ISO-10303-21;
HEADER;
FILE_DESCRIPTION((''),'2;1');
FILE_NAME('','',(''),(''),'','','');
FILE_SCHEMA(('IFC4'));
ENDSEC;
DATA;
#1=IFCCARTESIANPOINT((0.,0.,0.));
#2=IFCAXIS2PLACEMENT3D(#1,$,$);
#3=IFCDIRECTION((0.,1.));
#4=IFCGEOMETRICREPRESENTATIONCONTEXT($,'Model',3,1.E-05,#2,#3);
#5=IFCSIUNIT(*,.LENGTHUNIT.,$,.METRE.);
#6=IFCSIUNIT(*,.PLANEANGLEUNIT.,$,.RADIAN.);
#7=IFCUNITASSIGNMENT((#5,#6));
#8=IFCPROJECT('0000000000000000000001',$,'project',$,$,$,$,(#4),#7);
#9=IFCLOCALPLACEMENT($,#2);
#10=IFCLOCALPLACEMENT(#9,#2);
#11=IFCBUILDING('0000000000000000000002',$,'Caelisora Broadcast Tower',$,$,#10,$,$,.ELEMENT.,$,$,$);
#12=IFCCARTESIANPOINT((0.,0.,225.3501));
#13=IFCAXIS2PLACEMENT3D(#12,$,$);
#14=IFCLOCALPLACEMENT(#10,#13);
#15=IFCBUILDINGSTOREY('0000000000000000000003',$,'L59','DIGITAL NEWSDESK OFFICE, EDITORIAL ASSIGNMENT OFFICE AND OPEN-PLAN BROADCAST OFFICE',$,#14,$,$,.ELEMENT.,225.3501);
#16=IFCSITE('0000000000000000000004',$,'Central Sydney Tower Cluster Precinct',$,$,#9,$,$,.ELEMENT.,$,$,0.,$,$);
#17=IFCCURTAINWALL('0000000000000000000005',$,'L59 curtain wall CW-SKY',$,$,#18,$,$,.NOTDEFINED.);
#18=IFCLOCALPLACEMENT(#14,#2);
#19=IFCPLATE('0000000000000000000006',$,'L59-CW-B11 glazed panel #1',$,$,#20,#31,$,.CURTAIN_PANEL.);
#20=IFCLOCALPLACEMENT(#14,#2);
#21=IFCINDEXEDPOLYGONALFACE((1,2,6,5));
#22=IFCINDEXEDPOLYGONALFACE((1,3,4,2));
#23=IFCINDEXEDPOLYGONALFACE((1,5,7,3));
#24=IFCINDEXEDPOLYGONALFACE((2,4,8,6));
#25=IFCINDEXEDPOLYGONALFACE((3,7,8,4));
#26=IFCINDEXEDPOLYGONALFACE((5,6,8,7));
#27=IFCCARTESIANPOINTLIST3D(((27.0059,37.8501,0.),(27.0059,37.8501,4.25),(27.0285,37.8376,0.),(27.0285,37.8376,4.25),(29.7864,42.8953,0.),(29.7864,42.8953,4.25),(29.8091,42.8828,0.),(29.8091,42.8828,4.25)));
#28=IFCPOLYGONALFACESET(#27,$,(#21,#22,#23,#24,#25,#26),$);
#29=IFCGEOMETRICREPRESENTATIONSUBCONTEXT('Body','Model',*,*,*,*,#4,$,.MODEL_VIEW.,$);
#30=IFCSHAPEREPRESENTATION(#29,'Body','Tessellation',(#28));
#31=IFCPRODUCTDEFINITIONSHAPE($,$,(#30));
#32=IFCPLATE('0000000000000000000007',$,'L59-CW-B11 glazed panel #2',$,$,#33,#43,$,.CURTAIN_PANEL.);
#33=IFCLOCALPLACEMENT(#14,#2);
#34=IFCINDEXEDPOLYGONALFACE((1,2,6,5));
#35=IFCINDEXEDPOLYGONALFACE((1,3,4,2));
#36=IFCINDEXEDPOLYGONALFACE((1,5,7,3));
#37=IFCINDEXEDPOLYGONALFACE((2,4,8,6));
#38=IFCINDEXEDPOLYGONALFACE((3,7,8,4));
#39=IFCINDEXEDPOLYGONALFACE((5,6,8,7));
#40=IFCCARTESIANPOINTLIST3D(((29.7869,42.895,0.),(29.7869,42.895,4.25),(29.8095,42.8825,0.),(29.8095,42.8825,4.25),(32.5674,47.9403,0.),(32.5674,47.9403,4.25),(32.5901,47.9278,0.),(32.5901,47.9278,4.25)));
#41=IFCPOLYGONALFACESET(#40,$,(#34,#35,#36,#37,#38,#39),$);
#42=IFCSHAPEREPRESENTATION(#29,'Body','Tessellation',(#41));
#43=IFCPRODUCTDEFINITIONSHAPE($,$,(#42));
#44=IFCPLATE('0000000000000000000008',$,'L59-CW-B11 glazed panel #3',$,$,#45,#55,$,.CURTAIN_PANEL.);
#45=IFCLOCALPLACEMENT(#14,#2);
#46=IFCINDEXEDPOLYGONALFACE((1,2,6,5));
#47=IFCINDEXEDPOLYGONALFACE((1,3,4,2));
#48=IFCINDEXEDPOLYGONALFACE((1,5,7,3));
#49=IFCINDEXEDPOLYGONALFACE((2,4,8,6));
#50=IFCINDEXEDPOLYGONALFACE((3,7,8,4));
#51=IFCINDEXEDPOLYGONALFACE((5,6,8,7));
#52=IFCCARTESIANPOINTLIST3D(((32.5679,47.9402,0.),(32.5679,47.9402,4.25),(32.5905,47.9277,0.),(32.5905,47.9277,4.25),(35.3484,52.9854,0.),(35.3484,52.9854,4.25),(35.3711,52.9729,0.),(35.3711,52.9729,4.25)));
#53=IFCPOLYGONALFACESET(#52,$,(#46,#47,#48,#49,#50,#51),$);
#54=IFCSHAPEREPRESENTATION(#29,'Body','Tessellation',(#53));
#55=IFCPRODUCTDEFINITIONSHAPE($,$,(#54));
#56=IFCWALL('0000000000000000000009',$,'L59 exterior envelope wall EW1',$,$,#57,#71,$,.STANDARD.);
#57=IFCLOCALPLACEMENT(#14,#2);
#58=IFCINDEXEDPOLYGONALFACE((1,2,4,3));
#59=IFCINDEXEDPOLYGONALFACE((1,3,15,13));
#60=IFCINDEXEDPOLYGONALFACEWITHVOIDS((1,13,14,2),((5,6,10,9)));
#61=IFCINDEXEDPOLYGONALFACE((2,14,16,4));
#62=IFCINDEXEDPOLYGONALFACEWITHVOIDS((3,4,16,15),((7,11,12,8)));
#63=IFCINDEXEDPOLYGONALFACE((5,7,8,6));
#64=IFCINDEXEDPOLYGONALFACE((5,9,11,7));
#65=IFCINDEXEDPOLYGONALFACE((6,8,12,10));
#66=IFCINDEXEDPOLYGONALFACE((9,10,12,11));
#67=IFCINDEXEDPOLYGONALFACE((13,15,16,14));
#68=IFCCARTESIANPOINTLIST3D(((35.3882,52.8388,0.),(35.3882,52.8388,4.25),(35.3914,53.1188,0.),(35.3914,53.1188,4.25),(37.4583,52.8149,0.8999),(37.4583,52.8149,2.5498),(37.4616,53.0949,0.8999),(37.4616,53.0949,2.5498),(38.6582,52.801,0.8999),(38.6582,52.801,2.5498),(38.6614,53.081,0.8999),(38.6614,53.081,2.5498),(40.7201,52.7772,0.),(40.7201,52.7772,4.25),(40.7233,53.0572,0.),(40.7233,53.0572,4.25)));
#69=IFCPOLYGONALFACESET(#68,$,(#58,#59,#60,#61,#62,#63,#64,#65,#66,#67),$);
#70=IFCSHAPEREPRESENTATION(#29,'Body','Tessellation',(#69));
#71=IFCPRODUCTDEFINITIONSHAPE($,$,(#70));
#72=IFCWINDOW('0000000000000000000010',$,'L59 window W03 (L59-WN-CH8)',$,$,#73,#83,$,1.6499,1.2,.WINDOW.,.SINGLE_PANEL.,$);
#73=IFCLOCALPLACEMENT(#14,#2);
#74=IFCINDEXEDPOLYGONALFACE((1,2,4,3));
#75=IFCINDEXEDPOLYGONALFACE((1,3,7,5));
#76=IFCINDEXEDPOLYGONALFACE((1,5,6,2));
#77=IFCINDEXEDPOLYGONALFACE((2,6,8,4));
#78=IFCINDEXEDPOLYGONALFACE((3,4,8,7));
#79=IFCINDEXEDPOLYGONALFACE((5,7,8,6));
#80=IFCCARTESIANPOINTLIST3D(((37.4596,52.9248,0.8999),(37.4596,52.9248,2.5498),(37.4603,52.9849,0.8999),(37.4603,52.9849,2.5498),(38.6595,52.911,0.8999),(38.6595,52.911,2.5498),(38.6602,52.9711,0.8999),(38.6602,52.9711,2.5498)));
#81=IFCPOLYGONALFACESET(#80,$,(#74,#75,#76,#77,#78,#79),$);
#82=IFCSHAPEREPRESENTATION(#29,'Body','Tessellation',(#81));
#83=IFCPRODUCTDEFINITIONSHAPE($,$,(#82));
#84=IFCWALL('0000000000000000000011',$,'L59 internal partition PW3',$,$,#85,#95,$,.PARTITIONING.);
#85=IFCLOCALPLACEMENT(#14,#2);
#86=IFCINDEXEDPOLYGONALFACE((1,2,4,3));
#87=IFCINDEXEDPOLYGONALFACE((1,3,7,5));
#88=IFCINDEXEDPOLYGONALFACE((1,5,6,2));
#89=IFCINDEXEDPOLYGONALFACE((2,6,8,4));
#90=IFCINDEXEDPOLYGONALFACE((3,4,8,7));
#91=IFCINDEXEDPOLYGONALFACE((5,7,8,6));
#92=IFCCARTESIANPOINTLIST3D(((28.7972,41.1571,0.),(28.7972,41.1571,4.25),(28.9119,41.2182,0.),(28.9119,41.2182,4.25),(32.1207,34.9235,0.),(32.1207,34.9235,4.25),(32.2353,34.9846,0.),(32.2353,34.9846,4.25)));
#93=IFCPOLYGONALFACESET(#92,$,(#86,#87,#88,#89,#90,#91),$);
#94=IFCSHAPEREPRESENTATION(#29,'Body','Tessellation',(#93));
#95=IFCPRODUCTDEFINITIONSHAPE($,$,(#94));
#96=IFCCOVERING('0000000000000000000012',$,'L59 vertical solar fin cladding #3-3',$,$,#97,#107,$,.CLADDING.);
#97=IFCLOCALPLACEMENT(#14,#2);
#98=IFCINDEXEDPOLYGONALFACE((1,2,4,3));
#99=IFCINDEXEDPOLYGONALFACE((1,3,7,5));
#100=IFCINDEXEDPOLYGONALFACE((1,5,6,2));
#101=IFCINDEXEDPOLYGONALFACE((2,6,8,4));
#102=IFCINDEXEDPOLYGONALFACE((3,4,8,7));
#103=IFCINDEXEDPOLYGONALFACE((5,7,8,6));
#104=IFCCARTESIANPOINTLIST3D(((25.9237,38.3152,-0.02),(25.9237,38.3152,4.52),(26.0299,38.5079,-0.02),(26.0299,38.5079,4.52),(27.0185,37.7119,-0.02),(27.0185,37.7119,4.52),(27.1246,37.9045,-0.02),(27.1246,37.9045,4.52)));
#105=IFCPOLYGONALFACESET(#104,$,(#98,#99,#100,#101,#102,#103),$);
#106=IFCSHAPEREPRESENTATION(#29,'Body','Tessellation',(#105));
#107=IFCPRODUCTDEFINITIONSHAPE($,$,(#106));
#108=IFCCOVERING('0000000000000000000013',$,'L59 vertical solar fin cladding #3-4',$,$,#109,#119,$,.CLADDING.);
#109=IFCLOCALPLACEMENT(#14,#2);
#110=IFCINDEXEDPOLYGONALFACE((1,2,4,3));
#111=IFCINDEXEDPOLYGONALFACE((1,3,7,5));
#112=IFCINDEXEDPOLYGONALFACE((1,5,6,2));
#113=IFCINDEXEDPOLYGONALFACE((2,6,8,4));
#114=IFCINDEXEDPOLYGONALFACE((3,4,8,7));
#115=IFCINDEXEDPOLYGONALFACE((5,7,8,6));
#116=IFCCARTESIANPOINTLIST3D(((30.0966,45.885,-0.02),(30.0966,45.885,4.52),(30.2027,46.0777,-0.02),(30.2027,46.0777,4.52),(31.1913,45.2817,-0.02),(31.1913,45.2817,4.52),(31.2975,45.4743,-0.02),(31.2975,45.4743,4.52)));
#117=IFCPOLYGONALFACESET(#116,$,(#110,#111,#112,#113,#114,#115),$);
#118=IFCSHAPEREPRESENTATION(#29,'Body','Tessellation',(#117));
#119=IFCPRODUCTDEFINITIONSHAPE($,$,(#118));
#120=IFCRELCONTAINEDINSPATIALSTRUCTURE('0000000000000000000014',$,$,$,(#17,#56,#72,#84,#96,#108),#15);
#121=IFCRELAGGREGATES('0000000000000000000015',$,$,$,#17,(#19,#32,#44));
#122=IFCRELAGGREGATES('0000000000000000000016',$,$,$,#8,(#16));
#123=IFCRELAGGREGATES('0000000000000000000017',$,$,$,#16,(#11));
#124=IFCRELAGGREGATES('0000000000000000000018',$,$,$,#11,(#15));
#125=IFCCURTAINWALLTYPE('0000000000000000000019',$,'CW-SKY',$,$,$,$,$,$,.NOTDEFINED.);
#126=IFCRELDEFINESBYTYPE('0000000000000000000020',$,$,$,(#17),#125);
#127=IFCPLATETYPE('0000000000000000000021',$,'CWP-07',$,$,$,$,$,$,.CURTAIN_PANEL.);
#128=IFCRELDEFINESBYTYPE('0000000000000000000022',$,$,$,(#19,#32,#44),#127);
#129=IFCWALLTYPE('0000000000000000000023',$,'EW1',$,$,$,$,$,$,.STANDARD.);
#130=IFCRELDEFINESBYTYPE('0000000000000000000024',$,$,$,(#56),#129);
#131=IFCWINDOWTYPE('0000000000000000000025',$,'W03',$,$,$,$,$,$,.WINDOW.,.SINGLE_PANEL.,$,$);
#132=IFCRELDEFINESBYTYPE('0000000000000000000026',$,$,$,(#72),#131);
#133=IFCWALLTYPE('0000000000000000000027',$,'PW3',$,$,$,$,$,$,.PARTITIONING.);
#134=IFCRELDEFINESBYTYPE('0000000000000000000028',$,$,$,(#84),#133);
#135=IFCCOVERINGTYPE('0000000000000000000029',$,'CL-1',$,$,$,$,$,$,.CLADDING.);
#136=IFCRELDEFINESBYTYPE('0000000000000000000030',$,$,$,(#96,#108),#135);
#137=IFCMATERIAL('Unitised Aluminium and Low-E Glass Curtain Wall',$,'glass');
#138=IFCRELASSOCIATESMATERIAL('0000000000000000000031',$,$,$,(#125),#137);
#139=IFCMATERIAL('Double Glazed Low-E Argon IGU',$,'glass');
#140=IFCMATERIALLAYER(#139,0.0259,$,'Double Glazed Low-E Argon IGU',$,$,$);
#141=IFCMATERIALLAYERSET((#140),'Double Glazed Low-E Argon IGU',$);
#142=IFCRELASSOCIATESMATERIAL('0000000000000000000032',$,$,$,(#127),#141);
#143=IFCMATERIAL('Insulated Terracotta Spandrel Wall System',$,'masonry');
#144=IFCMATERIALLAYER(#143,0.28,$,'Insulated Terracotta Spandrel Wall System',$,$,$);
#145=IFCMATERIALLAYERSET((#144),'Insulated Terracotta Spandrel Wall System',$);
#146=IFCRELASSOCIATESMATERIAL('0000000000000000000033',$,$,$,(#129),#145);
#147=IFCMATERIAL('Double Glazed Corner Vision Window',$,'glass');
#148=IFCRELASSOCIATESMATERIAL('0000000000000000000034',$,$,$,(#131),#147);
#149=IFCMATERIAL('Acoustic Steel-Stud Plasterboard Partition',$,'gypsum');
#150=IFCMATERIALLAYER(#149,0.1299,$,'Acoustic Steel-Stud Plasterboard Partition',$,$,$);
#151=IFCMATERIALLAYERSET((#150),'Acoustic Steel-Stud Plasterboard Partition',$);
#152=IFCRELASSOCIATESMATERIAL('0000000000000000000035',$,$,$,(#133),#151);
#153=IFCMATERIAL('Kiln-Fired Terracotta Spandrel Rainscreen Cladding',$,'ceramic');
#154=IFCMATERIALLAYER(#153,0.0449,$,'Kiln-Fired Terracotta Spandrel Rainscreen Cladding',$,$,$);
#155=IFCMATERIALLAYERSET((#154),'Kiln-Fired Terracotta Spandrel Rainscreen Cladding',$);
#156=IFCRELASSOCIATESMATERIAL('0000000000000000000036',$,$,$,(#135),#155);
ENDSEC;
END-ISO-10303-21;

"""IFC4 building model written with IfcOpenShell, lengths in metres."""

from ifc_helpers import new_model, si_unit, direction, frame, frame_2d, origin, origin_2d, place, context, subcontext, project, spatial, rectangle, extrude, source, transform, mapped, material, layer, layer_set, type_object, type_shapes, element, fill, aggregate, save


model = new_model("IFC4")

# Units and contexts
model_context = context("Model", 3, precision=1e-05, world=origin(), true_north=direction((0.0, 1.0)))
body_context = subcontext(model_context, "Body", "Model", "MODEL_VIEW")
ifc_project = project(units=[si_unit("LENGTHUNIT", "METRE"), si_unit("PLANEANGLEUNIT", "RADIAN")], contexts=[model_context])

# Site, building, storey
site_placement = place(None, origin())
site = spatial("IfcSite", under=ifc_project, at=site_placement, Name="Central Sydney Tower Cluster Precinct", CompositionType="ELEMENT", RefElevation=0.0)
building_placement = place(site_placement, origin())
building = spatial("IfcBuilding", under=site, at=building_placement, Name="Caelisora Broadcast Tower", CompositionType="ELEMENT")
storey_placement = place(building_placement, frame((0.0, 0.0, 225.3501)))
storey = spatial("IfcBuildingStorey", under=building, at=storey_placement, Name="L59", Description="DIGITAL NEWSDESK OFFICE, EDITORIAL ASSIGNMENT OFFICE AND OPEN-PLAN BROADCAST OFFICE", CompositionType="ELEMENT", Elevation=225.3501)

# Curtain wall
ifc_material_1 = material(Name="Unitised Aluminium and Low-E Glass Curtain Wall", Category="glass")
curtain_wall_type_1 = type_object("IfcCurtainWallType", Name="CW-SKY", PredefinedType="NOTDEFINED", material=ifc_material_1)
curtain_wall_1_placement = place(storey_placement, origin())
curtain_wall_1 = element("IfcCurtainWall", 1, at=curtain_wall_1_placement, inside=storey, type_object=curtain_wall_type_1, Name="L59 curtain wall CW-SKY", PredefinedType="NOTDEFINED")

# Plates
ifc_material_2 = material(Name="Double Glazed Low-E Argon IGU", Category="glass")
ifc_layer_1 = layer(ifc_material_2, 0.0259, Name="Double Glazed Low-E Argon IGU")
ifc_layer_set_1 = layer_set([ifc_layer_1], Name="Double Glazed Low-E Argon IGU")
plate_type_1 = type_object("IfcPlateType", Name="CWP-07", PredefinedType="CURTAIN_PANEL", material=ifc_layer_set_1)
shared_shape_1 = source(origin(), body_context, "Body", "SweptSolid", [
    extrude(rectangle(XDim=5.7607, YDim=0.0259, at=origin_2d()), origin(), (0.0, 0.0, 1.0), 4.25),
])
type_shapes(plate_type_1, [shared_shape_1])
plate_1_placement = place(storey_placement, frame((28.4075, 40.3665, 0.0), z_axis=(0.0, 0.0, 1.0), x_axis=(0.482671, 0.875802, 0.0)))
plate_1 = element("IfcPlate", 2, at=plate_1_placement, type_object=plate_type_1, Name="L59-CW-B11 glazed panel #1", PredefinedType="CURTAIN_PANEL", context=body_context, shape_type="MappedRepresentation", body=[
    mapped(shared_shape_1, transform((0.0, 0.0, 0.0), scale=1.0)),
])
plate_2_placement = place(storey_placement, frame((31.1885, 45.4114, 0.0), z_axis=(0.0, 0.0, 1.0), x_axis=(0.482671, 0.875802, 0.0)))
plate_2 = element("IfcPlate", 3, at=plate_2_placement, type_object=plate_type_1, Name="L59-CW-B11 glazed panel #2", PredefinedType="CURTAIN_PANEL", context=body_context, shape_type="MappedRepresentation", body=[
    mapped(shared_shape_1, transform((0.0, 0.0, 0.0), scale=1.0)),
])
plate_3_placement = place(storey_placement, frame((33.9695, 50.4565, 0.0), z_axis=(0.0, 0.0, 1.0), x_axis=(0.482671, 0.875802, 0.0)))
plate_3 = element("IfcPlate", 4, at=plate_3_placement, type_object=plate_type_1, Name="L59-CW-B11 glazed panel #3", PredefinedType="CURTAIN_PANEL", context=body_context, shape_type="MappedRepresentation", body=[
    mapped(shared_shape_1, transform((0.0, 0.0, 0.0), scale=1.0)),
])
aggregate(curtain_wall_1, [plate_1, plate_2, plate_3])

# Wall, opening, window
ifc_material_3 = material(Name="Insulated Terracotta Spandrel Wall System", Category="masonry")
ifc_layer_2 = layer(ifc_material_3, 0.28, Name="Insulated Terracotta Spandrel Wall System")
ifc_layer_set_2 = layer_set([ifc_layer_2], Name="Insulated Terracotta Spandrel Wall System")
wall_type_1 = type_object("IfcWallType", Name="EW1", PredefinedType="STANDARD", material=ifc_layer_set_2)
wall_1_placement = place(storey_placement, frame((35.3899, 52.9788, 0.0), z_axis=(0.0, 0.0, 1.0), x_axis=(0.999933, -0.011538, 0.0)))
wall_1 = element("IfcWall", 5, at=wall_1_placement, inside=storey, type_object=wall_type_1, Name="L59 exterior envelope wall EW1", PredefinedType="STANDARD", context=body_context, shape_type="SweptSolid", body=[
    extrude(rectangle(XDim=5.3323, YDim=0.28, at=frame_2d((2.666, 0.0))), origin(), (0.0, 0.0, 1.0), 4.25),
])
opening_placement = place(wall_1_placement, frame((2.0701, 0.0, 0.8999)))
opening = element("IfcOpeningElement", 6, at=opening_placement, cuts=wall_1, PredefinedType="OPENING", context=body_context, shape_type="SweptSolid", body=[
    extrude(rectangle(XDim=1.2, YDim=1.6499, at=frame_2d((0.6001, 0.825))), frame((0.0, 0.1521, 0.0), z_axis=(0.0, -1.0, 0.0), x_axis=(1.0, 0.0, 0.0)), (0.0, 0.0, 1.0), 0.304),
])
ifc_material_4 = material(Name="Double Glazed Corner Vision Window", Category="glass")
window_type = type_object("IfcWindowType", Name="W03", PartitioningType="SINGLE_PANEL", PredefinedType="WINDOW", material=ifc_material_4)
window_placement = place(opening_placement, origin())
window = element("IfcWindow", 7, at=window_placement, inside=storey, type_object=window_type, Name="L59 window W03 (L59-WN-CH8)", OverallHeight=1.6499, OverallWidth=1.2, PartitioningType="SINGLE_PANEL", PredefinedType="WINDOW", context=body_context, shape_type="SweptSolid", body=[
    extrude(rectangle(XDim=1.2, YDim=1.6499, at=frame_2d((0.6001, 0.825))), frame((0.0, 0.03, 0.0), z_axis=(0.0, -1.0, 0.0), x_axis=(1.0, 0.0, 0.0)), (0.0, 0.0, 1.0), 0.0601),
])
fill(opening, window)

# Wall
ifc_material_5 = material(Name="Acoustic Steel-Stud Plasterboard Partition", Category="gypsum")
ifc_layer_3 = layer(ifc_material_5, 0.1299, Name="Acoustic Steel-Stud Plasterboard Partition")
ifc_layer_set_3 = layer_set([ifc_layer_3], Name="Acoustic Steel-Stud Plasterboard Partition")
wall_type_2 = type_object("IfcWallType", Name="PW3", PredefinedType="PARTITIONING", material=ifc_layer_set_3)
wall_2_placement = place(storey_placement, frame((28.8545, 41.1877, 0.0), z_axis=(0.0, 0.0, 1.0), x_axis=(0.470464, -0.882419, 0.0)))
element("IfcWall", 8, at=wall_2_placement, inside=storey, type_object=wall_type_2, Name="L59 internal partition PW3", PredefinedType="PARTITIONING", context=body_context, shape_type="SweptSolid", body=[
    extrude(rectangle(XDim=7.0642, YDim=0.1299, at=frame_2d((3.5322, 0.0))), origin(), (0.0, 0.0, 1.0), 4.25),
])

# Coverings
ifc_material_6 = material(Name="Kiln-Fired Terracotta Spandrel Rainscreen Cladding", Category="ceramic")
ifc_layer_4 = layer(ifc_material_6, 0.0449, Name="Kiln-Fired Terracotta Spandrel Rainscreen Cladding")
ifc_layer_set_4 = layer_set([ifc_layer_4], Name="Kiln-Fired Terracotta Spandrel Rainscreen Cladding")
covering_type = type_object("IfcCoveringType", Name="CL-1", PredefinedType="CLADDING", material=ifc_layer_set_4)
shared_shape_2 = source(origin(), body_context, "Body", "SweptSolid", [
    extrude(rectangle(XDim=0.22, YDim=1.25, at=origin_2d()), origin(), (0.0, 0.0, 1.0), 4.54),
])
type_shapes(covering_type, [shared_shape_2])
for number, where, z_axis, x_axis, name in (
    (9, (26.5242, 38.1099, -0.02), (0.0, 0.0, 1.0), (0.482671, 0.875802, 0.0), "L59 vertical solar fin cladding #3-3"),
    (10, (30.697, 45.6797, -0.02), (0.0, 0.0, 1.0), (0.482671, 0.875802, 0.0), "L59 vertical solar fin cladding #3-4"),
):
    element("IfcCovering", number, at=place(storey_placement, frame(where, z_axis=z_axis, x_axis=x_axis)), inside=storey, type_object=covering_type, Name=name, PredefinedType="CLADDING", context=body_context, shape_type="MappedRepresentation", body=[
        mapped(shared_shape_2, transform((0.0, 0.0, 0.0), scale=1.0)),
    ])

save(model, "model.ifc")
